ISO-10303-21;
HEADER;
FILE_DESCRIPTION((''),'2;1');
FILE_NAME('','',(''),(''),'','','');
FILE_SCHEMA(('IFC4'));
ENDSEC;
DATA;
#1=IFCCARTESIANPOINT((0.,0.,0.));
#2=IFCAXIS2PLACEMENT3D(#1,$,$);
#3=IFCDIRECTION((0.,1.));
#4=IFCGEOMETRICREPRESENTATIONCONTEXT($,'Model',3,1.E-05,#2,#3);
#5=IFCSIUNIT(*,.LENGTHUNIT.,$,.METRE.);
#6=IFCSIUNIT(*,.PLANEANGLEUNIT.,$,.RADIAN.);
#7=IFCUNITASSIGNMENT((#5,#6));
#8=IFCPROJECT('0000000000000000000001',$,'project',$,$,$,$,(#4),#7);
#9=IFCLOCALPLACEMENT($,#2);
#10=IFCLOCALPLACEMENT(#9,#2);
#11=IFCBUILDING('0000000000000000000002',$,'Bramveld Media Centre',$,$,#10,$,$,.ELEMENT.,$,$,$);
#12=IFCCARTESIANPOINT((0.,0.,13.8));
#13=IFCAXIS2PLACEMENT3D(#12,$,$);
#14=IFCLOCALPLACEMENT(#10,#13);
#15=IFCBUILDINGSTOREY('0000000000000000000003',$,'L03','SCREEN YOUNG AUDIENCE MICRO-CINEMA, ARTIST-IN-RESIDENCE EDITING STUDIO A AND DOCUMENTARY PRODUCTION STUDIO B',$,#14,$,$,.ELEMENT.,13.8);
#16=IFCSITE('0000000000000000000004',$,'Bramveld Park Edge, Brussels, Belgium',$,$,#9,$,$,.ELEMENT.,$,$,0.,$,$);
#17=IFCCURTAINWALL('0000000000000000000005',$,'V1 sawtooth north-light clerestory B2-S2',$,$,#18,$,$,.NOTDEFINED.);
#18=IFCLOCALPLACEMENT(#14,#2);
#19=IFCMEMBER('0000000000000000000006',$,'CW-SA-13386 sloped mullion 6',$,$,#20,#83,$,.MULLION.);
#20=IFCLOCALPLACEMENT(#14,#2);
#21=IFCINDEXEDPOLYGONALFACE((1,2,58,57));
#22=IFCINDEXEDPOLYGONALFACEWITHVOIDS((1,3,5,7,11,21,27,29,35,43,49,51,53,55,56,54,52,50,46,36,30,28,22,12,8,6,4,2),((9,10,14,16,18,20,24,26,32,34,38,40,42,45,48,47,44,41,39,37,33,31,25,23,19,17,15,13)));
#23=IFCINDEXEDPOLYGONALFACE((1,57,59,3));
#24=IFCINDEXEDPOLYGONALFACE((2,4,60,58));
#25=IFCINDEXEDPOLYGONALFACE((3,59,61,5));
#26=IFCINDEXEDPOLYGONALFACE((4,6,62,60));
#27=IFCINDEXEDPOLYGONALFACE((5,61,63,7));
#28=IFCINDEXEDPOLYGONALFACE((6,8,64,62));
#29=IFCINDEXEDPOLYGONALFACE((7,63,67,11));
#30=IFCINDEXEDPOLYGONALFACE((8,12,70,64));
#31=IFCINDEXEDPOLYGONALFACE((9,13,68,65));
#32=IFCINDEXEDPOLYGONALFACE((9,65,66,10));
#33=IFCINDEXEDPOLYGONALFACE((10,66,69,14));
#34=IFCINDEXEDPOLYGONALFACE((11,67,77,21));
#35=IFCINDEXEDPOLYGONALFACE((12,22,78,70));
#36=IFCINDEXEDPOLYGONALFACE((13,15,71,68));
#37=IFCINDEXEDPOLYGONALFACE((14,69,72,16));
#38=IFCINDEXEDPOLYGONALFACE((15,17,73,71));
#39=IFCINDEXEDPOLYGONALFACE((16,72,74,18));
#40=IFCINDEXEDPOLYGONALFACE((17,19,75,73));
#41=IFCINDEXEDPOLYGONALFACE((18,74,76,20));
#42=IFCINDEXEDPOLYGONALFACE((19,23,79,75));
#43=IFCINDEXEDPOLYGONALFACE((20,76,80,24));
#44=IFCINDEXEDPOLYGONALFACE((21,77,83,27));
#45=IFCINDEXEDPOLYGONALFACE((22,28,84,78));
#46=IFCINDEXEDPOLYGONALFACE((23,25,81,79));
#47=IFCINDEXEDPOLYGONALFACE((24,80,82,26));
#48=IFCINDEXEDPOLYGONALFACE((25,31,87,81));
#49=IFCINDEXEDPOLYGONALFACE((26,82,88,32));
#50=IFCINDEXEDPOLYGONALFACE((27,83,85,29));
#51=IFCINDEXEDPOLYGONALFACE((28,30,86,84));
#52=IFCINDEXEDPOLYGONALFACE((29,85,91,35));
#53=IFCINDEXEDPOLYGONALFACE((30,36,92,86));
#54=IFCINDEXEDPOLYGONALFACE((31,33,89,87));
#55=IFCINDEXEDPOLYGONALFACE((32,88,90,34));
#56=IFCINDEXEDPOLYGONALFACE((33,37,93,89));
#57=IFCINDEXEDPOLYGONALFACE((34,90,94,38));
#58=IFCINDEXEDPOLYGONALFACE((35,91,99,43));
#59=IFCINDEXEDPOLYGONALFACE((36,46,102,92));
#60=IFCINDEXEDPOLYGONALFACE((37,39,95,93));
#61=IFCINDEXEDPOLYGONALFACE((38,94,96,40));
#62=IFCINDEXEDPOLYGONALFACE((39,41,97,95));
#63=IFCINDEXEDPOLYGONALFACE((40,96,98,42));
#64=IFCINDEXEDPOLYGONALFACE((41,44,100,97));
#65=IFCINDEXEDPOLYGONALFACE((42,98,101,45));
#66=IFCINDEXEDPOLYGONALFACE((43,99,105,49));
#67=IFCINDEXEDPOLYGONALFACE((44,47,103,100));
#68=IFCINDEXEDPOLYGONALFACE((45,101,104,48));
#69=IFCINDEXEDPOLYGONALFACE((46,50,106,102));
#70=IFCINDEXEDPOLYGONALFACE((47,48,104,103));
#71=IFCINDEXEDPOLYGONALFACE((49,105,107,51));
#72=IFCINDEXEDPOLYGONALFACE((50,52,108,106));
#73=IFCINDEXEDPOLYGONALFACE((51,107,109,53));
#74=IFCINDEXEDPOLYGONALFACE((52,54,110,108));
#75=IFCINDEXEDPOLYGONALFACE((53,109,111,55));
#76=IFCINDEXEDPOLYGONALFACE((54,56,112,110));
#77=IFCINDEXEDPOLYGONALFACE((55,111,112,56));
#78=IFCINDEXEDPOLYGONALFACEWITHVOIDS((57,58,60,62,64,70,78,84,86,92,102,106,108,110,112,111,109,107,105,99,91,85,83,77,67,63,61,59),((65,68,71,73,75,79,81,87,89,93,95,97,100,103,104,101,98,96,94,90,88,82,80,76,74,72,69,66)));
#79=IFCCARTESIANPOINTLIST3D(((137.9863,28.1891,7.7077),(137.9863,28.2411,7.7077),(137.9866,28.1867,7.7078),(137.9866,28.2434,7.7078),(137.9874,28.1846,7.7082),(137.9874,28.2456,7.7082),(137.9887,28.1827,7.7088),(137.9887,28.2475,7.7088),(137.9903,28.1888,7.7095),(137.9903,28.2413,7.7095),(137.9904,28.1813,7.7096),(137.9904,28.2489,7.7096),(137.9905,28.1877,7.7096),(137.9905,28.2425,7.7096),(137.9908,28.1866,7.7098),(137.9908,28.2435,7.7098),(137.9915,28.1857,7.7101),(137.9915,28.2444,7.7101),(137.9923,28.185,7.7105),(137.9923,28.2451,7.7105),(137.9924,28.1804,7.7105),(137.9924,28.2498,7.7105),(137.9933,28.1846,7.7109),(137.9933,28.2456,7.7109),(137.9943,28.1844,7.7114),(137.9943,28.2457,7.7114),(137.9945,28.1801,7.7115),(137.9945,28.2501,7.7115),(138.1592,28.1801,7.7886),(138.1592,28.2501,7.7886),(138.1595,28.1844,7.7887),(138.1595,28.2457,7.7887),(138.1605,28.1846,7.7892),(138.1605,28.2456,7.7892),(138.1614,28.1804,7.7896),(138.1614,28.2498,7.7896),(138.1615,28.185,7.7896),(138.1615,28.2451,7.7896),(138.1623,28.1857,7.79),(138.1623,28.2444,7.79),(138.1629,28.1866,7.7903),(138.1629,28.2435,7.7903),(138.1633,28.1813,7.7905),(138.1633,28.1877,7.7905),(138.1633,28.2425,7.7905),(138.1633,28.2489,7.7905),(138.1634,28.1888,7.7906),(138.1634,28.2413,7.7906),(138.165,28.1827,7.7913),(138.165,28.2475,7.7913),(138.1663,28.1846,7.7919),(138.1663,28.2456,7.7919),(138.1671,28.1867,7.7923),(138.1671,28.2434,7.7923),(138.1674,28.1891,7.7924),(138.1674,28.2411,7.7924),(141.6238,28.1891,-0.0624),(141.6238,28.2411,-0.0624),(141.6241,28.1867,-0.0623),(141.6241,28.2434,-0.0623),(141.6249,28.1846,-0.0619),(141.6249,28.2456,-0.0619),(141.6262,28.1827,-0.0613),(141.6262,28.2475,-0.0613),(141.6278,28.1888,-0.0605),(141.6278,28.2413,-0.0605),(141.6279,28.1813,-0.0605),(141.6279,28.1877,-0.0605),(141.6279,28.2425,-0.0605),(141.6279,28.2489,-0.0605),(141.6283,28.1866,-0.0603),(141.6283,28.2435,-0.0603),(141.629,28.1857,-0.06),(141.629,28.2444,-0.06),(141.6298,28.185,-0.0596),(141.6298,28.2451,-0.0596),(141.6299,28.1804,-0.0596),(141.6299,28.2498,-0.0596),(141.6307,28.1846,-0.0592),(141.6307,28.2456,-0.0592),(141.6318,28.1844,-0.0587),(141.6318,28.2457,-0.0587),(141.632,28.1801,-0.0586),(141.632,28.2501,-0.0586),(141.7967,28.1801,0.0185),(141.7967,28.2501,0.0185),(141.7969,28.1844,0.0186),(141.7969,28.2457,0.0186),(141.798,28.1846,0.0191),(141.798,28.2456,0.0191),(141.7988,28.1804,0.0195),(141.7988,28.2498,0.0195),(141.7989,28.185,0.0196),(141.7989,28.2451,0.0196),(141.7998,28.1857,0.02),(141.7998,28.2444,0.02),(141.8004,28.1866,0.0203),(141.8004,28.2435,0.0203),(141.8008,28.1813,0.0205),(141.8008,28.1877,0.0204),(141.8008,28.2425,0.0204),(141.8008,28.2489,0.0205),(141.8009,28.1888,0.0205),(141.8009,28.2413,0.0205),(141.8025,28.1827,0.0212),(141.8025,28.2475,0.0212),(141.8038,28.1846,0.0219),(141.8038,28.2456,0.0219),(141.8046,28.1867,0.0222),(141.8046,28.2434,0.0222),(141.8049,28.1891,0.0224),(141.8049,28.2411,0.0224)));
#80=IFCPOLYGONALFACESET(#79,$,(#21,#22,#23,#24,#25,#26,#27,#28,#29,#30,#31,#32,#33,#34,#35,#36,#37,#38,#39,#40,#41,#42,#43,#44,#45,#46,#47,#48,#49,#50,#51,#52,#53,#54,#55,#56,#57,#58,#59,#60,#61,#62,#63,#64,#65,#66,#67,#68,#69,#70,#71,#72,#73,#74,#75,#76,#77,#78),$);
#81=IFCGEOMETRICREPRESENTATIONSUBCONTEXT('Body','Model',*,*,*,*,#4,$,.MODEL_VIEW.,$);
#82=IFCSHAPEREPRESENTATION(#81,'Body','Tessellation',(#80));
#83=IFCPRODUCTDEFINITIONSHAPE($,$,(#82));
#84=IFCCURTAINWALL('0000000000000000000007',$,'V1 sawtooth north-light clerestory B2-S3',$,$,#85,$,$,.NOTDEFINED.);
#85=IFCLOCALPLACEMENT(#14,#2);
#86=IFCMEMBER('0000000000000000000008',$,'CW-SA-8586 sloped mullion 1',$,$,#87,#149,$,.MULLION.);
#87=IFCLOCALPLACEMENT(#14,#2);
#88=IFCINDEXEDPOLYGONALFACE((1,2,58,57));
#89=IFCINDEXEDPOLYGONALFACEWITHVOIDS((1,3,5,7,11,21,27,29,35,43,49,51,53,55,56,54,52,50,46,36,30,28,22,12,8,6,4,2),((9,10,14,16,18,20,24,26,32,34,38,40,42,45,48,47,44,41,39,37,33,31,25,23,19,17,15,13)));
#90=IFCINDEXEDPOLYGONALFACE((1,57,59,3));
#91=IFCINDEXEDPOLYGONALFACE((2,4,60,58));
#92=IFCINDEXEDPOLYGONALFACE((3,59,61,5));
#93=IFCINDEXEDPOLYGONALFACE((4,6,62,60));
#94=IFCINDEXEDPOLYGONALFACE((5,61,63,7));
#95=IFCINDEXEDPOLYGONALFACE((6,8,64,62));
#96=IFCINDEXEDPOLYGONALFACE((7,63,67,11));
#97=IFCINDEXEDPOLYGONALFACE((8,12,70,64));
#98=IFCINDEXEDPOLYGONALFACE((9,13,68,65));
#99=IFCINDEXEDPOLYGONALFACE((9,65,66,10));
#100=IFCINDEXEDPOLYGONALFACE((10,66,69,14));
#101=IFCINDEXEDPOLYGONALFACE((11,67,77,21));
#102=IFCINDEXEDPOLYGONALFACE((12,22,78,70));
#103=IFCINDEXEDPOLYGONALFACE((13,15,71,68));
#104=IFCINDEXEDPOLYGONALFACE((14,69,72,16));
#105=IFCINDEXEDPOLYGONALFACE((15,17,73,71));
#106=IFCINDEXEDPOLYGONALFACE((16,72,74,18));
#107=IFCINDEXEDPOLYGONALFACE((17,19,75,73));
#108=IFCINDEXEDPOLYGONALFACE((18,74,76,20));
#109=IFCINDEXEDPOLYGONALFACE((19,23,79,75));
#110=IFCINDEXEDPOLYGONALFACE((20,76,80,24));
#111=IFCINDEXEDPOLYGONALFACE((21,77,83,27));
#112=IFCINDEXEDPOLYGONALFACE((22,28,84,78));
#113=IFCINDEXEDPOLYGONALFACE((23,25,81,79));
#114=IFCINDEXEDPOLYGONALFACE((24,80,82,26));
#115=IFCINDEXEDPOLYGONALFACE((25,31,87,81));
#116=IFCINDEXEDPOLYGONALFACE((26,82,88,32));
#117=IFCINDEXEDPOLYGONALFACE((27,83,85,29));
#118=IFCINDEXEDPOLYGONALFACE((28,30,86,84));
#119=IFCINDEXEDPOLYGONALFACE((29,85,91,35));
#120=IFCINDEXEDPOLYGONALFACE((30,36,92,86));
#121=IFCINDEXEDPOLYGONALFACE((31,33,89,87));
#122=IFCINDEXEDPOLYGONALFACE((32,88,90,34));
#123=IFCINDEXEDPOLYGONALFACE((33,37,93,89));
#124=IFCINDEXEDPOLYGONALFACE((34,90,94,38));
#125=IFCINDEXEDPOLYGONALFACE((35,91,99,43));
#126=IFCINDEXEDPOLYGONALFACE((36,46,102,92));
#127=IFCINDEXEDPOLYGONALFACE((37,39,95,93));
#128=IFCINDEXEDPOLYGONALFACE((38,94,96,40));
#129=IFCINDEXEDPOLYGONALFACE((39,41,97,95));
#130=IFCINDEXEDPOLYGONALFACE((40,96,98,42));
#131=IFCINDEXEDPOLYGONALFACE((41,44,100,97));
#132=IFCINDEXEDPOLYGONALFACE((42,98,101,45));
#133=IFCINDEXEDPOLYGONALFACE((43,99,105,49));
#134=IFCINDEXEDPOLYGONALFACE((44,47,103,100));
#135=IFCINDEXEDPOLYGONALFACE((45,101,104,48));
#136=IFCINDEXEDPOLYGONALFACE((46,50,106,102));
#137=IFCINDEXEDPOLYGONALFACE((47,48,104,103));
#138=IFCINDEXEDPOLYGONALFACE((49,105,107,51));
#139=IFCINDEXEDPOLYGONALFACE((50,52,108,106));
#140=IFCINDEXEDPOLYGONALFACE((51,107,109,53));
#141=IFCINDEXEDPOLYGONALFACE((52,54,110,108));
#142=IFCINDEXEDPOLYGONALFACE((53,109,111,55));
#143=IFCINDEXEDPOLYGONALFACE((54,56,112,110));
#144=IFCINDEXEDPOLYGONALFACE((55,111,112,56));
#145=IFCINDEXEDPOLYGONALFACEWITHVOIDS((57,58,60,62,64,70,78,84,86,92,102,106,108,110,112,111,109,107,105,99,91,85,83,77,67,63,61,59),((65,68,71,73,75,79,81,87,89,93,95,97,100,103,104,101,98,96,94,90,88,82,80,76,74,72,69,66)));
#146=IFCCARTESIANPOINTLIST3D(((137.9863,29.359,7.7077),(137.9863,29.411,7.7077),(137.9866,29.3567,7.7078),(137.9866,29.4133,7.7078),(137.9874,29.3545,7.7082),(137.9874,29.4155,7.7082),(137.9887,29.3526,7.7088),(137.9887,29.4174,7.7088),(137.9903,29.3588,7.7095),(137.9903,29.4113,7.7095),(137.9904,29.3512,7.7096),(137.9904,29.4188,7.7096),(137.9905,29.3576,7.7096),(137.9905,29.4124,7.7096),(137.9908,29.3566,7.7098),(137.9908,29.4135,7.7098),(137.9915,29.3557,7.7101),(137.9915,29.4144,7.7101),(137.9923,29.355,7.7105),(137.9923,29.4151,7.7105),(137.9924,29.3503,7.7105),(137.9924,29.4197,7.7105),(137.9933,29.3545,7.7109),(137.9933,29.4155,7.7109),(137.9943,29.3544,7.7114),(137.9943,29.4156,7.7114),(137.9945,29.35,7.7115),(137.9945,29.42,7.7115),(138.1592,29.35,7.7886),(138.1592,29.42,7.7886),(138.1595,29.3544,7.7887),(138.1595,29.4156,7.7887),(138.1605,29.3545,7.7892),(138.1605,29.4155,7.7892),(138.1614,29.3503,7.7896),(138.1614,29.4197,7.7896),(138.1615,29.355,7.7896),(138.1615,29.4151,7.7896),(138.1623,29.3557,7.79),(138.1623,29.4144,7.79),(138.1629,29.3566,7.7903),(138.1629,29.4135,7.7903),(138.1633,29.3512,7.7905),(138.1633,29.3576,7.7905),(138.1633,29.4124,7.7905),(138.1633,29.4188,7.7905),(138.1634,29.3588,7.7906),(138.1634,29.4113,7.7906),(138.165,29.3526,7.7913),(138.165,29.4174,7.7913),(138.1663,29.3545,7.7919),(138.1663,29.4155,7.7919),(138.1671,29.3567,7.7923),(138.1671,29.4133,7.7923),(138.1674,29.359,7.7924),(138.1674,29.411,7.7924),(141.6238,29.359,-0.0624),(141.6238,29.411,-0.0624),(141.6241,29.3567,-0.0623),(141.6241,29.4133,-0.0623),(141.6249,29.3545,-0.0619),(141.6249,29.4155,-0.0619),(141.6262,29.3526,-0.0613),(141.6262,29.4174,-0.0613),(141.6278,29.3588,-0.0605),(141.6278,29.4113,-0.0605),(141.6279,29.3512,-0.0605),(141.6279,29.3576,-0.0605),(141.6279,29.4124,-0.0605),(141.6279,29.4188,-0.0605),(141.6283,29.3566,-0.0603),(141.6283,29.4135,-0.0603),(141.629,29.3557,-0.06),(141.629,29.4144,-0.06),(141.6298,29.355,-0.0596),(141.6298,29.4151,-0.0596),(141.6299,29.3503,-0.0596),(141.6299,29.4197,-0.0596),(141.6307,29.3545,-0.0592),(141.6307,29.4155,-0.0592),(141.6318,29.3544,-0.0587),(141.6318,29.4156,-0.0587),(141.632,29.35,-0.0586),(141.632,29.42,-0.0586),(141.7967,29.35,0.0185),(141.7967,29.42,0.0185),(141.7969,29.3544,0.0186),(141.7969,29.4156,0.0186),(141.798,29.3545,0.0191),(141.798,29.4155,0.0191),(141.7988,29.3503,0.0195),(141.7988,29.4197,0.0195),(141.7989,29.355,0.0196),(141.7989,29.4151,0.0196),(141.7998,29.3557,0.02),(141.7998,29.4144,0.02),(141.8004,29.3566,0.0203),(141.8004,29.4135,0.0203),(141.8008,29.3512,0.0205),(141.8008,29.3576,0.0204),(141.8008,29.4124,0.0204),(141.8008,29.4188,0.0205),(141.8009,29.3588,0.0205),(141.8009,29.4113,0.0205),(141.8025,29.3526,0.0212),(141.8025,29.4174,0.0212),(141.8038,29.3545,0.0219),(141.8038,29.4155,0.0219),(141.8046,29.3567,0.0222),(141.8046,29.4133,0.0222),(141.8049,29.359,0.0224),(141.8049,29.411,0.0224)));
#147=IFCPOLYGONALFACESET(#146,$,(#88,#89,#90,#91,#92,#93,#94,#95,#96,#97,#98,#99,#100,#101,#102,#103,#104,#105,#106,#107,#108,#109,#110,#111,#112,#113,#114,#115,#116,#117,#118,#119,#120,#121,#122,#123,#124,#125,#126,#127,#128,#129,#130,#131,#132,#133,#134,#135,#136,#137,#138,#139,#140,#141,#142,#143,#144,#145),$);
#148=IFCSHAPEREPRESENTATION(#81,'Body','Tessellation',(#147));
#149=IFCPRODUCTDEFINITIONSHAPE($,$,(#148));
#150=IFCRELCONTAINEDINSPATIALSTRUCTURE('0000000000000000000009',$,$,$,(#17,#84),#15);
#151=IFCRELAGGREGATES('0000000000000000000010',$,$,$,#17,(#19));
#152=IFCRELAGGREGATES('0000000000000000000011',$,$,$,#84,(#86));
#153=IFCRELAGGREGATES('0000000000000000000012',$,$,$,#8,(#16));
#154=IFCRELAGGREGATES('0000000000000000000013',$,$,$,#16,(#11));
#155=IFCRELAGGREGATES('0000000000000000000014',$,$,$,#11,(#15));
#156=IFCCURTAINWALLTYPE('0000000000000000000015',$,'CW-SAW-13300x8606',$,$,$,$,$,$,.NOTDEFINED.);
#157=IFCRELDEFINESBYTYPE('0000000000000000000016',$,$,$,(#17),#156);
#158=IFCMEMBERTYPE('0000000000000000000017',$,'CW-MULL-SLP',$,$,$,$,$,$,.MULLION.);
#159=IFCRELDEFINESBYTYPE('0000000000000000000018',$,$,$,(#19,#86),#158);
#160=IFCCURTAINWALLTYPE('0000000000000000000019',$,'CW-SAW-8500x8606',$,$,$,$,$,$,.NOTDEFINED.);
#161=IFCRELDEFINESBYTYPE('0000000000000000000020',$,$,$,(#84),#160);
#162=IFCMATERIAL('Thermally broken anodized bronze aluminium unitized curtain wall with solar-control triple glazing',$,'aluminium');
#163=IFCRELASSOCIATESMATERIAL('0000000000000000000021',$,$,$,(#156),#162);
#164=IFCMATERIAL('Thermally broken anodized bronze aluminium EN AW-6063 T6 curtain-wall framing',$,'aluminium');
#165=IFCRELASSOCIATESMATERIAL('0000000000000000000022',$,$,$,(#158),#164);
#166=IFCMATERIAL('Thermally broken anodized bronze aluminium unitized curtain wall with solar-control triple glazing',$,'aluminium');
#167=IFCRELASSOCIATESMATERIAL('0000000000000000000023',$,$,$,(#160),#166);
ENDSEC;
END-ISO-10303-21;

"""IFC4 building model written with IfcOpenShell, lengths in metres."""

from ifc_helpers import new_model, si_unit, direction, frame, origin, origin_2d, place, context, subcontext, project, spatial, hollow_rectangle, extrude, material, material_profile, profile_set, type_object, element, aggregate, save


model = new_model("IFC4")

# Units and contexts
model_context = context("Model", 3, precision=1e-05, world=origin(), true_north=direction((0.0, 1.0)))
body_context = subcontext(model_context, "Body", "Model", "MODEL_VIEW")
ifc_project = project(units=[si_unit("LENGTHUNIT", "METRE"), si_unit("PLANEANGLEUNIT", "RADIAN")], contexts=[model_context])

# Site, building, storey
site_placement = place(None, origin())
site = spatial("IfcSite", under=ifc_project, at=site_placement, Name="Bramveld Park Edge, Brussels, Belgium", CompositionType="ELEMENT", RefElevation=0.0)
building_placement = place(site_placement, origin())
building = spatial("IfcBuilding", under=site, at=building_placement, Name="Bramveld Media Centre", CompositionType="ELEMENT")
storey_placement = place(building_placement, frame((0.0, 0.0, 13.8)))
storey = spatial("IfcBuildingStorey", under=building, at=storey_placement, Name="L03", Description="SCREEN YOUNG AUDIENCE MICRO-CINEMA, ARTIST-IN-RESIDENCE EDITING STUDIO A AND DOCUMENTARY PRODUCTION STUDIO B", CompositionType="ELEMENT", Elevation=13.8)

# Curtain wall, member
ifc_material_1 = material(Name="Thermally broken anodized bronze aluminium unitized curtain wall with solar-control triple glazing", Category="aluminium")
curtain_wall_type_1 = type_object("IfcCurtainWallType", Name="CW-SAW-13300x8606", PredefinedType="NOTDEFINED", material=ifc_material_1)
curtain_wall_1_placement = place(storey_placement, origin())
curtain_wall_1 = element("IfcCurtainWall", 1, at=curtain_wall_1_placement, inside=storey, type_object=curtain_wall_type_1, Name="V1 sawtooth north-light clerestory B2-S2", PredefinedType="NOTDEFINED")
ifc_material_2 = material(Name="Thermally broken anodized bronze aluminium EN AW-6063 T6 curtain-wall framing", Category="aluminium")
ifc_material_profile_1 = material_profile(ifc_material_2, hollow_rectangle(XDim=0.0701, YDim=0.2, WallThickness=0.0044, InnerFilletRadius=0.0044, OuterFilletRadius=0.009, at=origin_2d()), Name="AL-MULL 70x200")
ifc_profile_set_1 = profile_set([ifc_material_profile_1], Name="Thermally broken anodized bronze aluminium EN AW-6063 T6 curtain-wall framing")
member_type_1 = type_object("IfcMemberType", Name="CW-MULL-SLP", PredefinedType="MULLION", material=ifc_profile_set_1)
member_1_placement = place(storey_placement, frame((141.7144, 28.2151, -0.02), z_axis=(-0.42398, 0.0, 0.905671), x_axis=(0.0, -1.0, 0.0)))
member_1 = element("IfcMember", 2, at=member_1_placement, type_object=member_type_1, Name="CW-SA-13386 sloped mullion 6", PredefinedType="MULLION", context=body_context, shape_type="SweptSolid", body=[
    extrude(hollow_rectangle(XDim=0.0701, YDim=0.2, WallThickness=0.0044, InnerFilletRadius=0.0044, OuterFilletRadius=0.009, at=origin_2d()), origin(), (0.0, 0.0, 1.0), 8.5793),
])

# Curtain wall, member
ifc_material_3 = material(Name="Thermally broken anodized bronze aluminium unitized curtain wall with solar-control triple glazing", Category="aluminium")
curtain_wall_type_2 = type_object("IfcCurtainWallType", Name="CW-SAW-8500x8606", PredefinedType="NOTDEFINED", material=ifc_material_3)
curtain_wall_2_placement = place(storey_placement, origin())
curtain_wall_2 = element("IfcCurtainWall", 3, at=curtain_wall_2_placement, inside=storey, type_object=curtain_wall_type_2, Name="V1 sawtooth north-light clerestory B2-S3", PredefinedType="NOTDEFINED")
member_2_placement = place(storey_placement, frame((141.7144, 29.385, -0.02), z_axis=(-0.42398, 0.0, 0.905671), x_axis=(0.0, -1.0, 0.0)))
member_2 = element("IfcMember", 4, at=member_2_placement, type_object=member_type_1, Name="CW-SA-8586 sloped mullion 1", PredefinedType="MULLION", context=body_context, shape_type="SweptSolid", body=[
    extrude(hollow_rectangle(XDim=0.0701, YDim=0.2, WallThickness=0.0044, InnerFilletRadius=0.0044, OuterFilletRadius=0.009, at=origin_2d()), origin(), (0.0, 0.0, 1.0), 8.5793),
])

aggregate(curtain_wall_1, [member_1])
aggregate(curtain_wall_2, [member_2])

save(model, "model.ifc")
